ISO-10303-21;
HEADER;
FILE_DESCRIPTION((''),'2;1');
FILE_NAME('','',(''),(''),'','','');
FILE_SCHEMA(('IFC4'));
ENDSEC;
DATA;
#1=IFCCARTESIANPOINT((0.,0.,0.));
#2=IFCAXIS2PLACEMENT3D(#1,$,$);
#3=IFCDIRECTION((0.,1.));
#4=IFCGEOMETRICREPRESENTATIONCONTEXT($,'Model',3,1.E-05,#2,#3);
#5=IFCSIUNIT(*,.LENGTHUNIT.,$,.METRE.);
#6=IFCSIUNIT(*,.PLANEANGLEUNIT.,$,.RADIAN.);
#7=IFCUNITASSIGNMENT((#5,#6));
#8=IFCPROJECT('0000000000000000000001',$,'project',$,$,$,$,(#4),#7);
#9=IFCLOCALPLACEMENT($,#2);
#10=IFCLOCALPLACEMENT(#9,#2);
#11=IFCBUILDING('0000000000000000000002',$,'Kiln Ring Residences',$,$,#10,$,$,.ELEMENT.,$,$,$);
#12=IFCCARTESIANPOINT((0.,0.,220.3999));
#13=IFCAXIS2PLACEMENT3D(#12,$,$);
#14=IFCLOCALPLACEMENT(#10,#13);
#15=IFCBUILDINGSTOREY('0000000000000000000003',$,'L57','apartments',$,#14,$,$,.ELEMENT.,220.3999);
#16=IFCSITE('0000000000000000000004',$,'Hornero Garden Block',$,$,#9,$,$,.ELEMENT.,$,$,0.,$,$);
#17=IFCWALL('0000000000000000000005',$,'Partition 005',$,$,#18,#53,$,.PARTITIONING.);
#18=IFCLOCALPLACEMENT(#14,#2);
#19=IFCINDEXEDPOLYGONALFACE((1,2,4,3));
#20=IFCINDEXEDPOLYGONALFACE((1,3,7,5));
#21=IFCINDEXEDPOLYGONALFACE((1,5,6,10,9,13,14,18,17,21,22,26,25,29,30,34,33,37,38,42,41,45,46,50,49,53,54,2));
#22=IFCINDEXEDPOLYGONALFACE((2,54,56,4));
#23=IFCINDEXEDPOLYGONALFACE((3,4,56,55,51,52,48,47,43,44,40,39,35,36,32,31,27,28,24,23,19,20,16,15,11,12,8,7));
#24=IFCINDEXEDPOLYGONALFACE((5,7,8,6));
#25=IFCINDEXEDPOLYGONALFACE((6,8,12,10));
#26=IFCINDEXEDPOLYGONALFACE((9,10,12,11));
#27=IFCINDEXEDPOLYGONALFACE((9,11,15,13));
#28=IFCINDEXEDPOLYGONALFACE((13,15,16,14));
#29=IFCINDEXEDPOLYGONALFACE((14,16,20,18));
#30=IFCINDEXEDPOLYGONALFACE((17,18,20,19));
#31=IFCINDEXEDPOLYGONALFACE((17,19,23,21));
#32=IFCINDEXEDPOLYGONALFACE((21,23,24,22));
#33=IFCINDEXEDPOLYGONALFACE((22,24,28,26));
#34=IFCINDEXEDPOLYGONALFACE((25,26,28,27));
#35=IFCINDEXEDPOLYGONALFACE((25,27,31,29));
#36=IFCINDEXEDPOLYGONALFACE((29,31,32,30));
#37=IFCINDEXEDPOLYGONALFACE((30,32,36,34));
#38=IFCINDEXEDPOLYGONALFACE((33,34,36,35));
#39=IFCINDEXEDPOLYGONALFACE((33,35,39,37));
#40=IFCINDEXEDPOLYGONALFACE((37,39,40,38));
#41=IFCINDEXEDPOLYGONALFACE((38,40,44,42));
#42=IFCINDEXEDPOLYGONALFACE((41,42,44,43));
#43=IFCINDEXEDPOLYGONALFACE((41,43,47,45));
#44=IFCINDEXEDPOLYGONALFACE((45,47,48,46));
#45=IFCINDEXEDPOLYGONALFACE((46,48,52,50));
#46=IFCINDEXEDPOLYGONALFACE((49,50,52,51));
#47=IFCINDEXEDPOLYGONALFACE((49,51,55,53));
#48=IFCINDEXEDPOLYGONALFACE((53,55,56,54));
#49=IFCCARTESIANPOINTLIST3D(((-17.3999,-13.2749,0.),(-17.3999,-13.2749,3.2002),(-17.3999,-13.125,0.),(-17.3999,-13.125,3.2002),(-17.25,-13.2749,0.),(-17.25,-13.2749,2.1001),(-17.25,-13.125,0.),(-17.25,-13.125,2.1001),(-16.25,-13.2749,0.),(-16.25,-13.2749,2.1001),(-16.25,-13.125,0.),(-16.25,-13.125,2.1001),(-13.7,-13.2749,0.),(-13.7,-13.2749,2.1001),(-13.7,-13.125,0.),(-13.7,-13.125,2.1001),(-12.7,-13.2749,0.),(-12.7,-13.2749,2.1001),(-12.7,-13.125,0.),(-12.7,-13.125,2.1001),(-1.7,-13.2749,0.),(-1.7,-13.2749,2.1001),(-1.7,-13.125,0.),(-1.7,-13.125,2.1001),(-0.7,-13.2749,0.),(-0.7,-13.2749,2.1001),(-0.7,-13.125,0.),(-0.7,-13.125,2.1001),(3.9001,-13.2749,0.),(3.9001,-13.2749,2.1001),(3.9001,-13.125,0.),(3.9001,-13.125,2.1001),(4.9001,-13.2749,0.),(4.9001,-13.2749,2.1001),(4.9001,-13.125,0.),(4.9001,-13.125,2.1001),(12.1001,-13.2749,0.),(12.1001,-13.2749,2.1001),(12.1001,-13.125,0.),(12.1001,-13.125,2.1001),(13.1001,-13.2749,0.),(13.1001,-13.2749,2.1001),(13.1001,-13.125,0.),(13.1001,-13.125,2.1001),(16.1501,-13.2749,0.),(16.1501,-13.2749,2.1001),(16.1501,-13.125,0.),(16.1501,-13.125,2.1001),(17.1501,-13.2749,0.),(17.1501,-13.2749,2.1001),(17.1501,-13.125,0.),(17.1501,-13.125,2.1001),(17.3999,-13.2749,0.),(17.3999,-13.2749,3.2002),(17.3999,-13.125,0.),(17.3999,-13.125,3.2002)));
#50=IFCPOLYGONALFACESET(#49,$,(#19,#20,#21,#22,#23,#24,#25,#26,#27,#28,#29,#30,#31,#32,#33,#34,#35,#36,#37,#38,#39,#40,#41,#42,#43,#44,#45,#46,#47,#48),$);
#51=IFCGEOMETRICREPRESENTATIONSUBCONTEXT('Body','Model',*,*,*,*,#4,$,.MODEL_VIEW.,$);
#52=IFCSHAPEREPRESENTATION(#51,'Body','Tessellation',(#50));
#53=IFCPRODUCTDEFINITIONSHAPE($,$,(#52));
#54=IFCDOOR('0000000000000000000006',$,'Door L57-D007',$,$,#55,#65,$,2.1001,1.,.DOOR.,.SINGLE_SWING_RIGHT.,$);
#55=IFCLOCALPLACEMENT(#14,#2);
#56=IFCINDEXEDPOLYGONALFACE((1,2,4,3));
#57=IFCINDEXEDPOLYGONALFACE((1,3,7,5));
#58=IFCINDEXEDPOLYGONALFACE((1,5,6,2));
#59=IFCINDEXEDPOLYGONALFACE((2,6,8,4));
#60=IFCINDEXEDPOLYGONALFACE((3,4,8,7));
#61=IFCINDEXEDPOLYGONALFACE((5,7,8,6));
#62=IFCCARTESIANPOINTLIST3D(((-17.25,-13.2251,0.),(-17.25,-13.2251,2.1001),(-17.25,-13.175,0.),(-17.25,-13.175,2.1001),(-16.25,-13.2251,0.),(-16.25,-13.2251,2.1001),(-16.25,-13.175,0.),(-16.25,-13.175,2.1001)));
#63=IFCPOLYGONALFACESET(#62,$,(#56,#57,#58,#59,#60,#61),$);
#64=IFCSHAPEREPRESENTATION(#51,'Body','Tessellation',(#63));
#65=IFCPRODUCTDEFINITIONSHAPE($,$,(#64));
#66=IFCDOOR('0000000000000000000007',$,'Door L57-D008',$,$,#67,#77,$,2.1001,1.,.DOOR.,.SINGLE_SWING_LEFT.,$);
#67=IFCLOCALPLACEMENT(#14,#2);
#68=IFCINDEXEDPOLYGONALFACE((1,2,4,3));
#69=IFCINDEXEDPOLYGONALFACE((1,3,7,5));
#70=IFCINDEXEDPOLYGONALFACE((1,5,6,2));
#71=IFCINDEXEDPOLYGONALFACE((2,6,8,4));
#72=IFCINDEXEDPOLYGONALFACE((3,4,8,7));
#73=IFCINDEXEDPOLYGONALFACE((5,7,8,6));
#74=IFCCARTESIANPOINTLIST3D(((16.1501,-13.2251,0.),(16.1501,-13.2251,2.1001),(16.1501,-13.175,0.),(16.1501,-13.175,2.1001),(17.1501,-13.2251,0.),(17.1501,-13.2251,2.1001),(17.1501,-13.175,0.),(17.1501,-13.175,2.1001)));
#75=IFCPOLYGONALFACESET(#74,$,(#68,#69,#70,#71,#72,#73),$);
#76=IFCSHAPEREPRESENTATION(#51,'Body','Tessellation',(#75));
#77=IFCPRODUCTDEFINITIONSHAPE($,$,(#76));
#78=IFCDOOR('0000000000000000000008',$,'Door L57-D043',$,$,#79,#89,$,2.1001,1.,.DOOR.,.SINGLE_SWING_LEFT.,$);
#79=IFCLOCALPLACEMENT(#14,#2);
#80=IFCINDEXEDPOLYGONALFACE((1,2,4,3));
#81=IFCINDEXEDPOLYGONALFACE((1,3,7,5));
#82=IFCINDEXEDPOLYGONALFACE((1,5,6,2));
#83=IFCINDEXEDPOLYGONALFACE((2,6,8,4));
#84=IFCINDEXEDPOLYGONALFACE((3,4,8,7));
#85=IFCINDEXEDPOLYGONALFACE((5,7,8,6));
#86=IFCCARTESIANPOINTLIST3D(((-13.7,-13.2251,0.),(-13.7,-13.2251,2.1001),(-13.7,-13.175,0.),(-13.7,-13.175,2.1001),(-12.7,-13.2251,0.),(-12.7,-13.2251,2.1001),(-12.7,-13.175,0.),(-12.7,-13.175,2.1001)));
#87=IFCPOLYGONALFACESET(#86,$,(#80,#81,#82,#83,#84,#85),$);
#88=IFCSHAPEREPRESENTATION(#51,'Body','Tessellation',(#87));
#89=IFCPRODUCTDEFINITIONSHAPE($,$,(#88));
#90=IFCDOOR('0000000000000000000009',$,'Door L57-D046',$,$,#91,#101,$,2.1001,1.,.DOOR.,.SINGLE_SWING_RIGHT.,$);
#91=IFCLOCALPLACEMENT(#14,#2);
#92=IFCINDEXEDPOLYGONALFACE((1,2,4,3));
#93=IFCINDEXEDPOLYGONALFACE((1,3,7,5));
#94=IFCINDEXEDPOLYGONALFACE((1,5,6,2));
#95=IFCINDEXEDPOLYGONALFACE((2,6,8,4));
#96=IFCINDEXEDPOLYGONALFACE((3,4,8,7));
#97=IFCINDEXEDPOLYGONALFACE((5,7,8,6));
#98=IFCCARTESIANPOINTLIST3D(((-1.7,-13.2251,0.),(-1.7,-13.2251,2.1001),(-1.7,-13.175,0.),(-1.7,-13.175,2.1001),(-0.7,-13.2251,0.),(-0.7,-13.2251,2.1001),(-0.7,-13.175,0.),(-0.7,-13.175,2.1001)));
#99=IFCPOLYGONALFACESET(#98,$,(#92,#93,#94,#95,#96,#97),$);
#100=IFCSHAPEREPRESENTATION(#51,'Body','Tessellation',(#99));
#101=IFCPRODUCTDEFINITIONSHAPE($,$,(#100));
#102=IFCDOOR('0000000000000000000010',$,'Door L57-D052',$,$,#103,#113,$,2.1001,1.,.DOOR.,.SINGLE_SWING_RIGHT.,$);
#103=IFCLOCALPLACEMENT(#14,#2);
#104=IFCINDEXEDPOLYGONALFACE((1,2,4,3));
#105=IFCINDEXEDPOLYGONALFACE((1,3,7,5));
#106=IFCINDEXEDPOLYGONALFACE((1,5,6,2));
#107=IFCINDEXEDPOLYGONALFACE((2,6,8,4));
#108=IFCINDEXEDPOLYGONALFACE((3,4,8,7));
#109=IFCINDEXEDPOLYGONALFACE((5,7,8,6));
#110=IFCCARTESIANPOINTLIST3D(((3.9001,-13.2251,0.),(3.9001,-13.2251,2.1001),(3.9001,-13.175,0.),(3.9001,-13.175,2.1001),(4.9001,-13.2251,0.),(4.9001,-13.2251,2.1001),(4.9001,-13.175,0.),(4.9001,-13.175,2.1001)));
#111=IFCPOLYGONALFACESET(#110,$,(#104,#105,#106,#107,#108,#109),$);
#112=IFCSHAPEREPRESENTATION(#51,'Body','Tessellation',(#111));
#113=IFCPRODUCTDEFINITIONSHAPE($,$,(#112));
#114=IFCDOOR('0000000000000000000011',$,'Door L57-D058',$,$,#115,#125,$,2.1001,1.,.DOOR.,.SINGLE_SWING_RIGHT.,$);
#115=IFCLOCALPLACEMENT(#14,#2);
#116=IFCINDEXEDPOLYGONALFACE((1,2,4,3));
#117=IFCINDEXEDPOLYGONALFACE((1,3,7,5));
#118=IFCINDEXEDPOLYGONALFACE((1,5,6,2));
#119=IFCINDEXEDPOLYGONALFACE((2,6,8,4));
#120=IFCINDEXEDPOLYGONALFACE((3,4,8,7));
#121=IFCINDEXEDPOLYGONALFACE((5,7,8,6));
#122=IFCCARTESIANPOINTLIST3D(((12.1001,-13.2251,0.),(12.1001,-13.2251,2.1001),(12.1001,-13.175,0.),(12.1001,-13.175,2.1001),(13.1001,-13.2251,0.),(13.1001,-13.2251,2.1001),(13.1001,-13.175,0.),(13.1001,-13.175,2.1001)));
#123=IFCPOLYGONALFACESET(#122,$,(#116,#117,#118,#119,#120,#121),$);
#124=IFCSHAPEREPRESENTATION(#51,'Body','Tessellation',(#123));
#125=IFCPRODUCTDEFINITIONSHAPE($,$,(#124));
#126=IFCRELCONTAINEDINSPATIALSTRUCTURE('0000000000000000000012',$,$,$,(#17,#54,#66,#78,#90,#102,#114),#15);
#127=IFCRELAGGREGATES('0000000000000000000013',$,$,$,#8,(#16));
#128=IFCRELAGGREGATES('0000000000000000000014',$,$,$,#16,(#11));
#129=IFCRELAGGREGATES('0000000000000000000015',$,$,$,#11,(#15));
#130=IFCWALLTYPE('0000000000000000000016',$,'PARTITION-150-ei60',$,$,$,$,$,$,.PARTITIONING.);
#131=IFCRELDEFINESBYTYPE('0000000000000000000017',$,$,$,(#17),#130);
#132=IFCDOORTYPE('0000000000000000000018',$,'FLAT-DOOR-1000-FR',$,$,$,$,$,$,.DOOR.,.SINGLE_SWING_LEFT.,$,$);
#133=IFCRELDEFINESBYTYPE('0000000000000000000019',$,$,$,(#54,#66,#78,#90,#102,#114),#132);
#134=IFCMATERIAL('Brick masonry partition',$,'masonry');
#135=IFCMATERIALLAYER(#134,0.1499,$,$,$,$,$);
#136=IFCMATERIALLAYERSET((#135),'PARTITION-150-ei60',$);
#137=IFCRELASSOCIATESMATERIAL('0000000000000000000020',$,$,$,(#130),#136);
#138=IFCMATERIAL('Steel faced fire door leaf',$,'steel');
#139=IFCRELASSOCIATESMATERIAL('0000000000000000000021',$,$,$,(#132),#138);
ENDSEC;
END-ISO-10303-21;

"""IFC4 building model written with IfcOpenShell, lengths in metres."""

from ifc_helpers import new_model, si_unit, direction, frame, frame_2d, origin, place, context, subcontext, project, spatial, rectangle, extrude, material, layer, layer_set, type_object, element, fill, save


model = new_model("IFC4")

# Units and contexts
model_context = context("Model", 3, precision=1e-05, world=origin(), true_north=direction((0.0, 1.0)))
body_context = subcontext(model_context, "Body", "Model", "MODEL_VIEW")
ifc_project = project(units=[si_unit("LENGTHUNIT", "METRE"), si_unit("PLANEANGLEUNIT", "RADIAN")], contexts=[model_context])

# Site, building, storey
site_placement = place(None, origin())
site = spatial("IfcSite", under=ifc_project, at=site_placement, Name="Hornero Garden Block", CompositionType="ELEMENT", RefElevation=0.0)
building_placement = place(site_placement, origin())
building = spatial("IfcBuilding", under=site, at=building_placement, Name="Kiln Ring Residences", CompositionType="ELEMENT")
storey_placement = place(building_placement, frame((0.0, 0.0, 220.3999)))
storey = spatial("IfcBuildingStorey", under=building, at=storey_placement, Name="L57", Description="apartments", CompositionType="ELEMENT", Elevation=220.3999)

# Shared definitions
ifc_material_1 = material(Name="Brick masonry partition", Category="masonry")
ifc_layer_1 = layer(ifc_material_1, 0.1499)
ifc_layer_set_1 = layer_set([ifc_layer_1], Name="PARTITION-150-ei60")
wall_type_1 = type_object("IfcWallType", Name="PARTITION-150-ei60", PredefinedType="PARTITIONING", material=ifc_layer_set_1)
ifc_material_2 = material(Name="Steel faced fire door leaf", Category="steel")
door_type_1 = type_object("IfcDoorType", Name="FLAT-DOOR-1000-FR", OperationType="SINGLE_SWING_LEFT", PredefinedType="DOOR", material=ifc_material_2)

# Wall, openings, doors
wall_1_placement = place(storey_placement, frame((-17.3999, -13.2, 0.0), z_axis=(0.0, 0.0, 1.0), x_axis=(1.0, 0.0, 0.0)))
wall_1 = element("IfcWall", 1, at=wall_1_placement, inside=storey, type_object=wall_type_1, Name="Partition 005", PredefinedType="PARTITIONING", context=body_context, shape_type="SweptSolid", body=[
    extrude(rectangle(XDim=34.7998, YDim=0.1499, at=frame_2d((17.3999, 0.0))), origin(), (0.0, 0.0, 1.0), 3.2002),
])
opening_1_placement = place(wall_1_placement, frame((0.1499, 0.0, 0.0)))
opening_1 = element("IfcOpeningElement", 2, at=opening_1_placement, cuts=wall_1, PredefinedType="OPENING", context=body_context, shape_type="SweptSolid", body=[
    extrude(rectangle(XDim=1.0, YDim=2.1001, at=frame_2d((0.5, 1.05))), frame((0.0, 0.085, 0.0), z_axis=(0.0, -1.0, 0.0), x_axis=(1.0, 0.0, 0.0)), (0.0, 0.0, 1.0), 0.1699),
])
opening_2_placement = place(wall_1_placement, frame((33.55, 0.0, 0.0)))
opening_2 = element("IfcOpeningElement", 3, at=opening_2_placement, cuts=wall_1, PredefinedType="OPENING", context=body_context, shape_type="SweptSolid", body=[
    extrude(rectangle(XDim=1.0, YDim=2.1001, at=frame_2d((0.5, 1.05))), frame((0.0, 0.085, 0.0), z_axis=(0.0, -1.0, 0.0), x_axis=(1.0, 0.0, 0.0)), (0.0, 0.0, 1.0), 0.1699),
])
opening_3_placement = place(wall_1_placement, frame((3.7, 0.0, 0.0)))
opening_3 = element("IfcOpeningElement", 4, at=opening_3_placement, cuts=wall_1, PredefinedType="OPENING", context=body_context, shape_type="SweptSolid", body=[
    extrude(rectangle(XDim=1.0, YDim=2.1001, at=frame_2d((0.5, 1.05))), frame((0.0, 0.085, 0.0), z_axis=(0.0, -1.0, 0.0), x_axis=(1.0, 0.0, 0.0)), (0.0, 0.0, 1.0), 0.1699),
])
opening_4_placement = place(wall_1_placement, frame((15.7, 0.0, 0.0)))
opening_4 = element("IfcOpeningElement", 5, at=opening_4_placement, cuts=wall_1, PredefinedType="OPENING", context=body_context, shape_type="SweptSolid", body=[
    extrude(rectangle(XDim=1.0, YDim=2.1001, at=frame_2d((0.5, 1.05))), frame((0.0, 0.085, 0.0), z_axis=(0.0, -1.0, 0.0), x_axis=(1.0, 0.0, 0.0)), (0.0, 0.0, 1.0), 0.1699),
])
opening_5_placement = place(wall_1_placement, frame((21.3, 0.0, 0.0)))
opening_5 = element("IfcOpeningElement", 6, at=opening_5_placement, cuts=wall_1, PredefinedType="OPENING", context=body_context, shape_type="SweptSolid", body=[
    extrude(rectangle(XDim=1.0, YDim=2.1001, at=frame_2d((0.5, 1.05))), frame((0.0, 0.085, 0.0), z_axis=(0.0, -1.0, 0.0), x_axis=(1.0, 0.0, 0.0)), (0.0, 0.0, 1.0), 0.1699),
])
opening_6_placement = place(wall_1_placement, frame((29.5, 0.0, 0.0)))
opening_6 = element("IfcOpeningElement", 7, at=opening_6_placement, cuts=wall_1, PredefinedType="OPENING", context=body_context, shape_type="SweptSolid", body=[
    extrude(rectangle(XDim=1.0, YDim=2.1001, at=frame_2d((0.5, 1.05))), frame((0.0, 0.085, 0.0), z_axis=(0.0, -1.0, 0.0), x_axis=(1.0, 0.0, 0.0)), (0.0, 0.0, 1.0), 0.1699),
])
door_1_placement = place(opening_1_placement, origin())
door_1 = element("IfcDoor", 8, at=door_1_placement, inside=storey, type_object=door_type_1, Name="Door L57-D007", OperationType="SINGLE_SWING_RIGHT", OverallHeight=2.1001, OverallWidth=1.0, PredefinedType="DOOR", context=body_context, shape_type="SweptSolid", body=[
    extrude(rectangle(XDim=1.0, YDim=2.1001, at=frame_2d((0.5, 1.05))), frame((0.0, 0.0249, 0.0), z_axis=(0.0, -1.0, 0.0), x_axis=(1.0, 0.0, 0.0)), (0.0, 0.0, 1.0), 0.05),
])
fill(opening_1, door_1)
door_2_placement = place(opening_2_placement, origin())
door_2 = element("IfcDoor", 9, at=door_2_placement, inside=storey, type_object=door_type_1, Name="Door L57-D008", OperationType="SINGLE_SWING_LEFT", OverallHeight=2.1001, OverallWidth=1.0, PredefinedType="DOOR", context=body_context, shape_type="SweptSolid", body=[
    extrude(rectangle(XDim=1.0, YDim=2.1001, at=frame_2d((0.5, 1.05))), frame((0.0, 0.0249, 0.0), z_axis=(0.0, -1.0, 0.0), x_axis=(1.0, 0.0, 0.0)), (0.0, 0.0, 1.0), 0.05),
])
fill(opening_2, door_2)
door_3_placement = place(opening_3_placement, origin())
door_3 = element("IfcDoor", 10, at=door_3_placement, inside=storey, type_object=door_type_1, Name="Door L57-D043", OperationType="SINGLE_SWING_LEFT", OverallHeight=2.1001, OverallWidth=1.0, PredefinedType="DOOR", context=body_context, shape_type="SweptSolid", body=[
    extrude(rectangle(XDim=1.0, YDim=2.1001, at=frame_2d((0.5, 1.05))), frame((0.0, 0.0249, 0.0), z_axis=(0.0, -1.0, 0.0), x_axis=(1.0, 0.0, 0.0)), (0.0, 0.0, 1.0), 0.05),
])
fill(opening_3, door_3)
door_4_placement = place(opening_4_placement, origin())
door_4 = element("IfcDoor", 11, at=door_4_placement, inside=storey, type_object=door_type_1, Name="Door L57-D046", OperationType="SINGLE_SWING_RIGHT", OverallHeight=2.1001, OverallWidth=1.0, PredefinedType="DOOR", context=body_context, shape_type="SweptSolid", body=[
    extrude(rectangle(XDim=1.0, YDim=2.1001, at=frame_2d((0.5, 1.05))), frame((0.0, 0.0249, 0.0), z_axis=(0.0, -1.0, 0.0), x_axis=(1.0, 0.0, 0.0)), (0.0, 0.0, 1.0), 0.05),
])
fill(opening_4, door_4)
door_5_placement = place(opening_5_placement, origin())
door_5 = element("IfcDoor", 12, at=door_5_placement, inside=storey, type_object=door_type_1, Name="Door L57-D052", OperationType="SINGLE_SWING_RIGHT", OverallHeight=2.1001, OverallWidth=1.0, PredefinedType="DOOR", context=body_context, shape_type="SweptSolid", body=[
    extrude(rectangle(XDim=1.0, YDim=2.1001, at=frame_2d((0.5, 1.05))), frame((0.0, 0.0249, 0.0), z_axis=(0.0, -1.0, 0.0), x_axis=(1.0, 0.0, 0.0)), (0.0, 0.0, 1.0), 0.05),
])
fill(opening_5, door_5)
door_6_placement = place(opening_6_placement, origin())
door_6 = element("IfcDoor", 13, at=door_6_placement, inside=storey, type_object=door_type_1, Name="Door L57-D058", OperationType="SINGLE_SWING_RIGHT", OverallHeight=2.1001, OverallWidth=1.0, PredefinedType="DOOR", context=body_context, shape_type="SweptSolid", body=[
    extrude(rectangle(XDim=1.0, YDim=2.1001, at=frame_2d((0.5, 1.05))), frame((0.0, 0.0249, 0.0), z_axis=(0.0, -1.0, 0.0), x_axis=(1.0, 0.0, 0.0)), (0.0, 0.0, 1.0), 0.05),
])
fill(opening_6, door_6)

save(model, "model.ifc")
